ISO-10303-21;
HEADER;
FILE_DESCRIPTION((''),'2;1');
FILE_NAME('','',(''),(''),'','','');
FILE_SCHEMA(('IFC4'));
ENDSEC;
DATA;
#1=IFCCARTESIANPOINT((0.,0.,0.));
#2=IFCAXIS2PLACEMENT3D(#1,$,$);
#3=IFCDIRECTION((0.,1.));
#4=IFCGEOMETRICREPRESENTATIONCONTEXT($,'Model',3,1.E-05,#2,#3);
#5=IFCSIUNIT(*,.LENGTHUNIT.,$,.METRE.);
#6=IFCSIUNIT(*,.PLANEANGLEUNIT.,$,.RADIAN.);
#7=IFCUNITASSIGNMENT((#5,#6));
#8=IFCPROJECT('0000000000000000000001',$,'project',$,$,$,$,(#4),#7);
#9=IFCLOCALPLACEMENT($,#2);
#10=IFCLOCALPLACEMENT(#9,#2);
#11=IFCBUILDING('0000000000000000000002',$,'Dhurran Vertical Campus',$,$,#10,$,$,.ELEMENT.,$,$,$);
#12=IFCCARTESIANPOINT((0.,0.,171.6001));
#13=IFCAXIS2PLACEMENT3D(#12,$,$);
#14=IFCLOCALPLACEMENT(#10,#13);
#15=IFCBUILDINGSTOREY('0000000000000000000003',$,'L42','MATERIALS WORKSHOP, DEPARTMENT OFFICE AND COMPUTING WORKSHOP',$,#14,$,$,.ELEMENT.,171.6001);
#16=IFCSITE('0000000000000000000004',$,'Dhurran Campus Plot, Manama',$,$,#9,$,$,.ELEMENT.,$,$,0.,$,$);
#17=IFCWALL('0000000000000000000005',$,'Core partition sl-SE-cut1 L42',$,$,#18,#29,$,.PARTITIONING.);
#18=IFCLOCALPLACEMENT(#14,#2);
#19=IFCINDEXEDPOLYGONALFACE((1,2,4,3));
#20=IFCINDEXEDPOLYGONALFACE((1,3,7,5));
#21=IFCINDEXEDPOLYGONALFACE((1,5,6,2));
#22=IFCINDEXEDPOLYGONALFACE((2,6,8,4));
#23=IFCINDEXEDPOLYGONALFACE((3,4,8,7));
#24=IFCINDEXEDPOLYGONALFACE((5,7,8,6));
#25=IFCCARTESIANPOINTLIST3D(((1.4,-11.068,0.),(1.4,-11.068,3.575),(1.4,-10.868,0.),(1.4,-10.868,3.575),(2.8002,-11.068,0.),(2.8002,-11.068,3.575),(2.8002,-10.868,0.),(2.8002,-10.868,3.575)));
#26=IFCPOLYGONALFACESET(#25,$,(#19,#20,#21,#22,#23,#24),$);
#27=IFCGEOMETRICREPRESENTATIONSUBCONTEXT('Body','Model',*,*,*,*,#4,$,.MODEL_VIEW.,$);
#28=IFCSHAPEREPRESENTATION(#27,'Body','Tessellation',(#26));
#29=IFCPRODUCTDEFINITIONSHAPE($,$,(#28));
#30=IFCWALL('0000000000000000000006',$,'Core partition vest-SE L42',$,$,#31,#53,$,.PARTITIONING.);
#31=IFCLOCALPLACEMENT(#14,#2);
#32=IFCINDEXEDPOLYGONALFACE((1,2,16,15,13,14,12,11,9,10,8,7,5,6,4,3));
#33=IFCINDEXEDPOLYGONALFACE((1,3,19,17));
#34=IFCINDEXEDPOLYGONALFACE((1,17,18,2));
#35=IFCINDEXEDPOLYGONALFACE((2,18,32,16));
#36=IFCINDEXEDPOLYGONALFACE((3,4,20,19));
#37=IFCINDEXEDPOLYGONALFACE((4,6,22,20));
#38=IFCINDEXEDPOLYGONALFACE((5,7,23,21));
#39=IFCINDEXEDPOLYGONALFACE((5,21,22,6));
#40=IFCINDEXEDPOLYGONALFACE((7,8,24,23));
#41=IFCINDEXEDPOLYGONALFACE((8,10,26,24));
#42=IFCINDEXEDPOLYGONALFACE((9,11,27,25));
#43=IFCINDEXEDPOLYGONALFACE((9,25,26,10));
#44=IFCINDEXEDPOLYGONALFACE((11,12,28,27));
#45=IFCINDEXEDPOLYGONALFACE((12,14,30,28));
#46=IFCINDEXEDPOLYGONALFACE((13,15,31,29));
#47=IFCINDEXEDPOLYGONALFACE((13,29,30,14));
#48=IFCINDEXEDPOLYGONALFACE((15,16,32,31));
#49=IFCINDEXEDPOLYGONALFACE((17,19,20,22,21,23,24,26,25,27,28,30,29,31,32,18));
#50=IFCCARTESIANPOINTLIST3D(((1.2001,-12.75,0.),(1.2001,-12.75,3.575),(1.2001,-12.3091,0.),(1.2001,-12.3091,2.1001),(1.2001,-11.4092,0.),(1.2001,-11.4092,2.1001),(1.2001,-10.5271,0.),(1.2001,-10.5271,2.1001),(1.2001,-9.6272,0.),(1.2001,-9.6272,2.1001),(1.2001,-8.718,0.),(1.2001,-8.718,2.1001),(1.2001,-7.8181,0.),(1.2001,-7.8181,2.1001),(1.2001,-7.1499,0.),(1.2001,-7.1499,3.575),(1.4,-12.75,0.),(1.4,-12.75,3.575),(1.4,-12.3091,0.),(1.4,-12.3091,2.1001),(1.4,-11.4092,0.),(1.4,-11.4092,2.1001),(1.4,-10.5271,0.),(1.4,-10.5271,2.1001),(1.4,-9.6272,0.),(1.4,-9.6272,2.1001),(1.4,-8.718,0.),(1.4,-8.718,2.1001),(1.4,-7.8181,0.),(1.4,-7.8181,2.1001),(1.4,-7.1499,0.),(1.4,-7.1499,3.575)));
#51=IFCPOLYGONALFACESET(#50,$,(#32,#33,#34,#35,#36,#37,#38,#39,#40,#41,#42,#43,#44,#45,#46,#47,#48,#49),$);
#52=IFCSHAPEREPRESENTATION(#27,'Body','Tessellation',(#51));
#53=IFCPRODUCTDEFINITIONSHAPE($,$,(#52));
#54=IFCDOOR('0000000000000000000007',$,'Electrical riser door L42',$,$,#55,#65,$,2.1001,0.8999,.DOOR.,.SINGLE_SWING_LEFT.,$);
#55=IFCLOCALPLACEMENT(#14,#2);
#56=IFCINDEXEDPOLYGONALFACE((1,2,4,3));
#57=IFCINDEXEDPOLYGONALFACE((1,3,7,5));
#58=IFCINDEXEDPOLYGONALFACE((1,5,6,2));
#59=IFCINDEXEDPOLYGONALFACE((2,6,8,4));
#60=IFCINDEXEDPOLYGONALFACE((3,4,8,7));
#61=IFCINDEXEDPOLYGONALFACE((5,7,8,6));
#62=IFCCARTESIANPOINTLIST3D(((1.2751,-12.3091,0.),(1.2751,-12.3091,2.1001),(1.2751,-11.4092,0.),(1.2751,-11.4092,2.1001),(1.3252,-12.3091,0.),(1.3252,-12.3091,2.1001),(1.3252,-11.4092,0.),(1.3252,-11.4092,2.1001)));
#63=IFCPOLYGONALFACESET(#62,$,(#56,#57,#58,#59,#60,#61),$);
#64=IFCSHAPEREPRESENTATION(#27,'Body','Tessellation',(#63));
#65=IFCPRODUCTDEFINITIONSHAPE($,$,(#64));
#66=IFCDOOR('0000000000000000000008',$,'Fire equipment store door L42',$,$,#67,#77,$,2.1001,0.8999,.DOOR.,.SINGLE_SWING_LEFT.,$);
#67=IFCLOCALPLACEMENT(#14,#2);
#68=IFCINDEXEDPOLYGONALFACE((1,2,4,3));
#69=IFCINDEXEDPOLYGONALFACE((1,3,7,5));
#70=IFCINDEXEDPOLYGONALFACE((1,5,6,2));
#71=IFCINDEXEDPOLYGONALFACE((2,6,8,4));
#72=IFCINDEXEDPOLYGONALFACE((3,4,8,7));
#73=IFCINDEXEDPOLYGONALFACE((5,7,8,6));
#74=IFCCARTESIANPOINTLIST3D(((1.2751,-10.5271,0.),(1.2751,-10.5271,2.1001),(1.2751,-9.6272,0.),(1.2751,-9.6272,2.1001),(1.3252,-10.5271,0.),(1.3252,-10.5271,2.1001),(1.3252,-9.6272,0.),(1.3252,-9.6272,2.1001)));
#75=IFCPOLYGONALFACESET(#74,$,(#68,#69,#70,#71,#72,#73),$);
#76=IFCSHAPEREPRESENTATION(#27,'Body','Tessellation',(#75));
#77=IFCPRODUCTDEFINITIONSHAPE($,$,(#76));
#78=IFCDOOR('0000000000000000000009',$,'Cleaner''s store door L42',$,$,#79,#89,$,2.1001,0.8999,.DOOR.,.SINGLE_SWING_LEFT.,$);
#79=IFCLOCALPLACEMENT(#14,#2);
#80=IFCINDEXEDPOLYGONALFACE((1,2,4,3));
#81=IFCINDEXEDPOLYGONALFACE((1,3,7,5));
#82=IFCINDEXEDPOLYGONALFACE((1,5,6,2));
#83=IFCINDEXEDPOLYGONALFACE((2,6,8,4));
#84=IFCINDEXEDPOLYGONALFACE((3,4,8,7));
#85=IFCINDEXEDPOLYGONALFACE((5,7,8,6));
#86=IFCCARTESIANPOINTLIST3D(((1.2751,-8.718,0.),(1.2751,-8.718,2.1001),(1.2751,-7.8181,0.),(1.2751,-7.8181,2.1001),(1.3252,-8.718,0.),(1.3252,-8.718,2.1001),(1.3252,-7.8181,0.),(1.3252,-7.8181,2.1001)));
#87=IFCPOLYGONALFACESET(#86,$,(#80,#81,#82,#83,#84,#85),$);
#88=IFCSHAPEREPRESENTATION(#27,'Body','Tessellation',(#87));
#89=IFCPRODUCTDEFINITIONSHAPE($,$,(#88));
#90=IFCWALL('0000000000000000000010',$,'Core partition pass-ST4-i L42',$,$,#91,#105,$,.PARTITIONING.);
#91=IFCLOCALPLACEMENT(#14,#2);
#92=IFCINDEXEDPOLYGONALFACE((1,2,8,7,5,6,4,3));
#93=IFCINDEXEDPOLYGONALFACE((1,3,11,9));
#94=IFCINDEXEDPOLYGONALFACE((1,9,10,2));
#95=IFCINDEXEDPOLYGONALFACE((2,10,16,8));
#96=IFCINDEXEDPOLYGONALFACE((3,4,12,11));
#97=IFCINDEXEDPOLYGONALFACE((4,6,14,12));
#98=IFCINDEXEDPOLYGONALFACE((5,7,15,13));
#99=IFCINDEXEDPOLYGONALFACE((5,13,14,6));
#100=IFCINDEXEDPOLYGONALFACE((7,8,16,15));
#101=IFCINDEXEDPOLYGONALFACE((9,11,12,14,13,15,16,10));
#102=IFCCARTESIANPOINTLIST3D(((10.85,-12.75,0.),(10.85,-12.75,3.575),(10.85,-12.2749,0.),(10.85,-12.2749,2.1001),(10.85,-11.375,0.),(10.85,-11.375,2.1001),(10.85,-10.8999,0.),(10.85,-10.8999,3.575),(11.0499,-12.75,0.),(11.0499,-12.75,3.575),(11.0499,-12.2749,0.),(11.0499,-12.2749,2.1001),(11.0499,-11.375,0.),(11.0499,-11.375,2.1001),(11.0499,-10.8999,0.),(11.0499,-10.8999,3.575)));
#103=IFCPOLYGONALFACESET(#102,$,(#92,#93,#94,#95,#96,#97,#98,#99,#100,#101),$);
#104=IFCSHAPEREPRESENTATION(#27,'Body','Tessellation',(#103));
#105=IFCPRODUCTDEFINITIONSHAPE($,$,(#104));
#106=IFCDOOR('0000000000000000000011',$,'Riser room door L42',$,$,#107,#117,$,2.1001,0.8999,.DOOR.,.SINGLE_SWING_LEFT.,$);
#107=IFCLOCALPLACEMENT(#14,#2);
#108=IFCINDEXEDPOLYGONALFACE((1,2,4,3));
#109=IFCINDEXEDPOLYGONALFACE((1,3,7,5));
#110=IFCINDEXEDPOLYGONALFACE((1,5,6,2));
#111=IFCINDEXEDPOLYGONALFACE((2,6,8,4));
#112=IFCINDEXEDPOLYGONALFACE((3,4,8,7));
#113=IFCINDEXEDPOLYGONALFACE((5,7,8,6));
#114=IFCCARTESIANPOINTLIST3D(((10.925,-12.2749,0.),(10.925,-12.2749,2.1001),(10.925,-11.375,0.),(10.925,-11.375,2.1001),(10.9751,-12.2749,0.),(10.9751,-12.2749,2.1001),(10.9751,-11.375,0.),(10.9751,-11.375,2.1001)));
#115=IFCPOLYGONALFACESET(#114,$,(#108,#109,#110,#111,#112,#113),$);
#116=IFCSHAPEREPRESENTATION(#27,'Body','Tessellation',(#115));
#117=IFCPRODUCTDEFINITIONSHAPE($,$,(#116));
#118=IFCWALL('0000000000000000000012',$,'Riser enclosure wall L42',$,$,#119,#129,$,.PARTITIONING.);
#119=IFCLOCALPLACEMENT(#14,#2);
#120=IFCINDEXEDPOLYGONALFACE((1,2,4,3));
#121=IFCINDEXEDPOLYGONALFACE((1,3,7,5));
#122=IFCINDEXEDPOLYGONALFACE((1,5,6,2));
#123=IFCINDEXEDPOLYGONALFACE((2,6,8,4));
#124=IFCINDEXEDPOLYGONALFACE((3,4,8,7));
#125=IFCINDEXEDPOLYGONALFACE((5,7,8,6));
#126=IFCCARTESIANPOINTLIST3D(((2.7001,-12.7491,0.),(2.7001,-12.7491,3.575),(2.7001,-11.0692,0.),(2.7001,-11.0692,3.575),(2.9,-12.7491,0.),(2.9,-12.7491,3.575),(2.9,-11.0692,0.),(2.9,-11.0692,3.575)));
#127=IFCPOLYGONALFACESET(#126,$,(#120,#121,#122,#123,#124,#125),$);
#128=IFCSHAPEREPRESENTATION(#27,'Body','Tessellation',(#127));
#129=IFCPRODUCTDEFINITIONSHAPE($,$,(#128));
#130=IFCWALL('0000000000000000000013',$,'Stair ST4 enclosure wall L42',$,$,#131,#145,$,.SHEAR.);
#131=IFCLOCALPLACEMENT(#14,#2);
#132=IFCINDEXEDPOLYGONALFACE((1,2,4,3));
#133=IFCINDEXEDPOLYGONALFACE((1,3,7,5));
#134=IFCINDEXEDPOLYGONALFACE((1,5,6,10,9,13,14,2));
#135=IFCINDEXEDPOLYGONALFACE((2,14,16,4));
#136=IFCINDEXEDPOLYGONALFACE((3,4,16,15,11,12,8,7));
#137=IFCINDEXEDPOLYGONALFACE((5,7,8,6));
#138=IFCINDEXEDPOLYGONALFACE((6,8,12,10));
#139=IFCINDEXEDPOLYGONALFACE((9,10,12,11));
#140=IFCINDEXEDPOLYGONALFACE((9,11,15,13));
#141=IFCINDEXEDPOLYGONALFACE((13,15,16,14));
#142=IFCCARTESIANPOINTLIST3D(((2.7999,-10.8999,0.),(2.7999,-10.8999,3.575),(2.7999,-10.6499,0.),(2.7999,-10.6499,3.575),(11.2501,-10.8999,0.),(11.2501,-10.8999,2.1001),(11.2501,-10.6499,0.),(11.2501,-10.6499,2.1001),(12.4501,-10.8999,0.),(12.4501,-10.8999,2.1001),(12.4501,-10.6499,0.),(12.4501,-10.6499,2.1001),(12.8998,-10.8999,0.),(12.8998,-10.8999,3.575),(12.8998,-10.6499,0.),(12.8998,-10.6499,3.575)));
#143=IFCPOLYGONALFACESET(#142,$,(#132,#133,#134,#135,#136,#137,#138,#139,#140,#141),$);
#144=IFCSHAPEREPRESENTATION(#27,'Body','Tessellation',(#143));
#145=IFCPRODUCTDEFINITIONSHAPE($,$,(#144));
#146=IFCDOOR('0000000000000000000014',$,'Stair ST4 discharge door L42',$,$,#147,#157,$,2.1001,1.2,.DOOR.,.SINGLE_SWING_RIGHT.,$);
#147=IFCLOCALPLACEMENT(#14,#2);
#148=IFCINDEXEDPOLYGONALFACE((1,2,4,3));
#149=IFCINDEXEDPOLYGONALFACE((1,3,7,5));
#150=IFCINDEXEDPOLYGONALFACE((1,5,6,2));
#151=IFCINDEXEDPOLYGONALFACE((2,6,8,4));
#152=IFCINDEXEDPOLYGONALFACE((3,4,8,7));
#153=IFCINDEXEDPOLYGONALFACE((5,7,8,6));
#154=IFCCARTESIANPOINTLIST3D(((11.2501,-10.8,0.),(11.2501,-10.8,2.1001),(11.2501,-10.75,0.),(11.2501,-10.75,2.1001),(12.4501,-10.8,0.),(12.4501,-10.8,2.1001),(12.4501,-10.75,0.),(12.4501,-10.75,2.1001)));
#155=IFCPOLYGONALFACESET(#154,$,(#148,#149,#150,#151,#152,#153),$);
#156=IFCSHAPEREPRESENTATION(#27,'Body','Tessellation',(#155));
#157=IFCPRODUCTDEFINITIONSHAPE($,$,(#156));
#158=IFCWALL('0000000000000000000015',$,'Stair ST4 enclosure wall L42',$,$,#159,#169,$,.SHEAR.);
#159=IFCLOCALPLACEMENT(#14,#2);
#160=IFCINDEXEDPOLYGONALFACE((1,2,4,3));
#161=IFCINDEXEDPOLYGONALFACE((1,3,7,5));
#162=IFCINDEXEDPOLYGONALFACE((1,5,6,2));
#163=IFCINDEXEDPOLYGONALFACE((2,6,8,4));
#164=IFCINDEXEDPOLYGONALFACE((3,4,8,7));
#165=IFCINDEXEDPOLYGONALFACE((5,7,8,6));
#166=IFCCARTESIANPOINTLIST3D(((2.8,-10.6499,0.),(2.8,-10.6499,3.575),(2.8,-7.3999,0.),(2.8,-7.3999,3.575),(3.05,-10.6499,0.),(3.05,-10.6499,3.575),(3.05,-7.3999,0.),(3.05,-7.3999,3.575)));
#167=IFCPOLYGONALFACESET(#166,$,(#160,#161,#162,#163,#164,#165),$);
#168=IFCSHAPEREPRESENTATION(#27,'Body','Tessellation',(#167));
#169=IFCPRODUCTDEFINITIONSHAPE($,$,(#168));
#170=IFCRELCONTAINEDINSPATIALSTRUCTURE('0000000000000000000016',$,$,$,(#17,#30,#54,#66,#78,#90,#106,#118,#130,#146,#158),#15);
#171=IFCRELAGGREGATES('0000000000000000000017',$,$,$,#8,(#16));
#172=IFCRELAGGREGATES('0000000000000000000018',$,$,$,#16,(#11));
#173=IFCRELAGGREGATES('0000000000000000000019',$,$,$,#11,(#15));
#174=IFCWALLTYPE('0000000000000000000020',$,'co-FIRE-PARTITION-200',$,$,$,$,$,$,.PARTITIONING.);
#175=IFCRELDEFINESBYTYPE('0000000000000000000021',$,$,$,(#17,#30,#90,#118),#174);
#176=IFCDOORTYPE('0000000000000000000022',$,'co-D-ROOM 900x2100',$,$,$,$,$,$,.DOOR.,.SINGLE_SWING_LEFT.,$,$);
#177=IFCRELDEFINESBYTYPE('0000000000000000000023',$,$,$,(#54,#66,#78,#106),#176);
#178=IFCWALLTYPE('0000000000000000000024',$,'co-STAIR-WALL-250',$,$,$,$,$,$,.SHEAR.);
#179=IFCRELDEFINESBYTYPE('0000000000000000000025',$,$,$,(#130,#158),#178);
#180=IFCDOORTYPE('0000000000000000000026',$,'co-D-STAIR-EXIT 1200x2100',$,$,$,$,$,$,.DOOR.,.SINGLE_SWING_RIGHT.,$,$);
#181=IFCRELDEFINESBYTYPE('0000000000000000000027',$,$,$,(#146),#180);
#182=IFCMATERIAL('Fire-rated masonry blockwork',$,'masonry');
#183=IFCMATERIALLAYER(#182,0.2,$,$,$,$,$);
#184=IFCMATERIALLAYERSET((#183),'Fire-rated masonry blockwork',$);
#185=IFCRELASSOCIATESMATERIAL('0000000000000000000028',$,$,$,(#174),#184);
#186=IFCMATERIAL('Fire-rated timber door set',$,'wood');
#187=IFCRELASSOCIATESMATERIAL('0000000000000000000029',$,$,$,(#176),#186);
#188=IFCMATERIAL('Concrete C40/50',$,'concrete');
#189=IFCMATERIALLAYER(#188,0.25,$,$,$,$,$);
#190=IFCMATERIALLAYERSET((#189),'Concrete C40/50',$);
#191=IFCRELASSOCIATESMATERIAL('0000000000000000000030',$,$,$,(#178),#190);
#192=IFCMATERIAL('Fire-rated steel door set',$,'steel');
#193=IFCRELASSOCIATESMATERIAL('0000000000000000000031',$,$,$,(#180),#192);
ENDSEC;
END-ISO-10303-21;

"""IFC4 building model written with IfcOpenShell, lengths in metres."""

from ifc_helpers import new_model, si_unit, direction, frame, frame_2d, origin, place, context, subcontext, project, spatial, rectangle, extrude, material, layer, layer_set, type_object, element, fill, save


model = new_model("IFC4")

# Units and contexts
model_context = context("Model", 3, precision=1e-05, world=origin(), true_north=direction((0.0, 1.0)))
body_context = subcontext(model_context, "Body", "Model", "MODEL_VIEW")
ifc_project = project(units=[si_unit("LENGTHUNIT", "METRE"), si_unit("PLANEANGLEUNIT", "RADIAN")], contexts=[model_context])

# Site, building, storey
site_placement = place(None, origin())
site = spatial("IfcSite", under=ifc_project, at=site_placement, Name="Dhurran Campus Plot, Manama", CompositionType="ELEMENT", RefElevation=0.0)
building_placement = place(site_placement, origin())
building = spatial("IfcBuilding", under=site, at=building_placement, Name="Dhurran Vertical Campus", CompositionType="ELEMENT")
storey_placement = place(building_placement, frame((0.0, 0.0, 171.6001)))
storey = spatial("IfcBuildingStorey", under=building, at=storey_placement, Name="L42", Description="MATERIALS WORKSHOP, DEPARTMENT OFFICE AND COMPUTING WORKSHOP", CompositionType="ELEMENT", Elevation=171.6001)

# Wall
ifc_material_1 = material(Name="Fire-rated masonry blockwork", Category="masonry")
ifc_layer_1 = layer(ifc_material_1, 0.2)
ifc_layer_set_1 = layer_set([ifc_layer_1], Name="Fire-rated masonry blockwork")
wall_type_1 = type_object("IfcWallType", Name="co-FIRE-PARTITION-200", PredefinedType="PARTITIONING", material=ifc_layer_set_1)
wall_1_placement = place(storey_placement, frame((1.3999, -10.968, 0.0), z_axis=(0.0, 0.0, 1.0), x_axis=(1.0, 0.0, 0.0)))
element("IfcWall", 1, at=wall_1_placement, inside=storey, type_object=wall_type_1, Name="Core partition sl-SE-cut1 L42", PredefinedType="PARTITIONING", context=body_context, shape_type="SweptSolid", body=[
    extrude(rectangle(XDim=1.4001, YDim=0.2, at=frame_2d((0.7002, 0.0))), origin(), (0.0, 0.0, 1.0), 3.575),
])

# Wall, openings, doors
wall_2_placement = place(storey_placement, frame((1.3, -12.75, 0.0), z_axis=(0.0, 0.0, 1.0), x_axis=(0.0, 1.0, 0.0)))
wall_2 = element("IfcWall", 2, at=wall_2_placement, inside=storey, type_object=wall_type_1, Name="Core partition vest-SE L42", PredefinedType="PARTITIONING", context=body_context, shape_type="SweptSolid", body=[
    extrude(rectangle(XDim=5.6001, YDim=0.2, at=frame_2d((2.8, 0.0))), origin(), (0.0, 0.0, 1.0), 3.575),
])
opening_1_placement = place(wall_2_placement, frame((0.4409, 0.0, 0.0)))
opening_1 = element("IfcOpeningElement", 3, at=opening_1_placement, cuts=wall_2, PredefinedType="OPENING", context=body_context, shape_type="SweptSolid", body=[
    extrude(rectangle(XDim=0.8999, YDim=2.1001, at=frame_2d((0.45, 1.05))), frame((0.0, 0.1099, 0.0), z_axis=(0.0, -1.0, 0.0), x_axis=(1.0, 0.0, 0.0)), (0.0, 0.0, 1.0), 0.22),
])
opening_2_placement = place(wall_2_placement, frame((2.2229, 0.0, 0.0)))
opening_2 = element("IfcOpeningElement", 4, at=opening_2_placement, cuts=wall_2, PredefinedType="OPENING", context=body_context, shape_type="SweptSolid", body=[
    extrude(rectangle(XDim=0.8999, YDim=2.1001, at=frame_2d((0.45, 1.05))), frame((0.0, 0.1099, 0.0), z_axis=(0.0, -1.0, 0.0), x_axis=(1.0, 0.0, 0.0)), (0.0, 0.0, 1.0), 0.22),
])
opening_3_placement = place(wall_2_placement, frame((4.032, 0.0, 0.0)))
opening_3 = element("IfcOpeningElement", 5, at=opening_3_placement, cuts=wall_2, PredefinedType="OPENING", context=body_context, shape_type="SweptSolid", body=[
    extrude(rectangle(XDim=0.8999, YDim=2.1001, at=frame_2d((0.45, 1.05))), frame((0.0, 0.1099, 0.0), z_axis=(0.0, -1.0, 0.0), x_axis=(1.0, 0.0, 0.0)), (0.0, 0.0, 1.0), 0.22),
])
ifc_material_2 = material(Name="Fire-rated timber door set", Category="wood")
door_type_1 = type_object("IfcDoorType", Name="co-D-ROOM 900x2100", OperationType="SINGLE_SWING_LEFT", PredefinedType="DOOR", material=ifc_material_2)
door_1_placement = place(opening_1_placement, origin())
door_1 = element("IfcDoor", 6, at=door_1_placement, inside=storey, type_object=door_type_1, Name="Electrical riser door L42", OperationType="SINGLE_SWING_LEFT", OverallHeight=2.1001, OverallWidth=0.8999, PredefinedType="DOOR", context=body_context, shape_type="SweptSolid", body=[
    extrude(rectangle(XDim=0.8999, YDim=2.1001, at=frame_2d((0.45, 1.05))), frame((0.0, 0.0249, 0.0), z_axis=(0.0, -1.0, 0.0), x_axis=(1.0, 0.0, 0.0)), (0.0, 0.0, 1.0), 0.05),
])
fill(opening_1, door_1)
door_2_placement = place(opening_2_placement, origin())
door_2 = element("IfcDoor", 7, at=door_2_placement, inside=storey, type_object=door_type_1, Name="Fire equipment store door L42", OperationType="SINGLE_SWING_LEFT", OverallHeight=2.1001, OverallWidth=0.8999, PredefinedType="DOOR", context=body_context, shape_type="SweptSolid", body=[
    extrude(rectangle(XDim=0.8999, YDim=2.1001, at=frame_2d((0.45, 1.05))), frame((0.0, 0.0249, 0.0), z_axis=(0.0, -1.0, 0.0), x_axis=(1.0, 0.0, 0.0)), (0.0, 0.0, 1.0), 0.05),
])
fill(opening_2, door_2)
door_3_placement = place(opening_3_placement, origin())
door_3 = element("IfcDoor", 8, at=door_3_placement, inside=storey, type_object=door_type_1, Name="Cleaner's store door L42", OperationType="SINGLE_SWING_LEFT", OverallHeight=2.1001, OverallWidth=0.8999, PredefinedType="DOOR", context=body_context, shape_type="SweptSolid", body=[
    extrude(rectangle(XDim=0.8999, YDim=2.1001, at=frame_2d((0.45, 1.05))), frame((0.0, 0.0249, 0.0), z_axis=(0.0, -1.0, 0.0), x_axis=(1.0, 0.0, 0.0)), (0.0, 0.0, 1.0), 0.05),
])
fill(opening_3, door_3)

# Wall, opening, door
wall_3_placement = place(storey_placement, frame((10.95, -12.75, 0.0), z_axis=(0.0, 0.0, 1.0), x_axis=(0.0, 1.0, 0.0)))
wall_3 = element("IfcWall", 9, at=wall_3_placement, inside=storey, type_object=wall_type_1, Name="Core partition pass-ST4-i L42", PredefinedType="PARTITIONING", context=body_context, shape_type="SweptSolid", body=[
    extrude(rectangle(XDim=1.8501, YDim=0.2, at=frame_2d((0.925, 0.0))), origin(), (0.0, 0.0, 1.0), 3.575),
])
opening_4_placement = place(wall_3_placement, frame((0.4751, 0.0, 0.0)))
opening_4 = element("IfcOpeningElement", 10, at=opening_4_placement, cuts=wall_3, PredefinedType="OPENING", context=body_context, shape_type="SweptSolid", body=[
    extrude(rectangle(XDim=0.8999, YDim=2.1001, at=frame_2d((0.45, 1.05))), frame((0.0, 0.1099, 0.0), z_axis=(0.0, -1.0, 0.0), x_axis=(1.0, 0.0, 0.0)), (0.0, 0.0, 1.0), 0.22),
])
door_4_placement = place(opening_4_placement, origin())
door_4 = element("IfcDoor", 11, at=door_4_placement, inside=storey, type_object=door_type_1, Name="Riser room door L42", OperationType="SINGLE_SWING_LEFT", OverallHeight=2.1001, OverallWidth=0.8999, PredefinedType="DOOR", context=body_context, shape_type="SweptSolid", body=[
    extrude(rectangle(XDim=0.8999, YDim=2.1001, at=frame_2d((0.45, 1.05))), frame((0.0, 0.0249, 0.0), z_axis=(0.0, -1.0, 0.0), x_axis=(1.0, 0.0, 0.0)), (0.0, 0.0, 1.0), 0.05),
])
fill(opening_4, door_4)

# Wall
wall_4_placement = place(storey_placement, frame((2.8, -12.749, 0.0), z_axis=(0.0, 0.0, 1.0), x_axis=(0.0, 1.0, 0.0)))
element("IfcWall", 12, at=wall_4_placement, inside=storey, type_object=wall_type_1, Name="Riser enclosure wall L42", PredefinedType="PARTITIONING", context=body_context, shape_type="SweptSolid", body=[
    extrude(rectangle(XDim=1.6799, YDim=0.2, at=frame_2d((0.8398, 0.0))), origin(), (0.0, 0.0, 1.0), 3.575),
])

# Wall, opening, door
ifc_material_3 = material(Name="Concrete C40/50", Category="concrete")
ifc_layer_2 = layer(ifc_material_3, 0.25)
ifc_layer_set_2 = layer_set([ifc_layer_2], Name="Concrete C40/50")
wall_type_2 = type_object("IfcWallType", Name="co-STAIR-WALL-250", PredefinedType="SHEAR", material=ifc_layer_set_2)
wall_5_placement = place(storey_placement, frame((2.8, -10.7749, 0.0), z_axis=(0.0, 0.0, 1.0), x_axis=(1.0, 0.0, 0.0)))
wall_5 = element("IfcWall", 13, at=wall_5_placement, inside=storey, type_object=wall_type_2, Name="Stair ST4 enclosure wall L42", PredefinedType="SHEAR", context=body_context, shape_type="SweptSolid", body=[
    extrude(rectangle(XDim=10.0999, YDim=0.25, at=frame_2d((5.0498, 0.0))), origin(), (0.0, 0.0, 1.0), 3.575),
])
opening_5_placement = place(wall_5_placement, frame((8.45, 0.0, 0.0)))
opening_5 = element("IfcOpeningElement", 14, at=opening_5_placement, cuts=wall_5, PredefinedType="OPENING", context=body_context, shape_type="SweptSolid", body=[
    extrude(rectangle(XDim=1.2, YDim=2.1001, at=frame_2d((0.6001, 1.05))), frame((0.0, 0.135, 0.0), z_axis=(0.0, -1.0, 0.0), x_axis=(1.0, 0.0, 0.0)), (0.0, 0.0, 1.0), 0.27),
])
ifc_material_4 = material(Name="Fire-rated steel door set", Category="steel")
door_type_2 = type_object("IfcDoorType", Name="co-D-STAIR-EXIT 1200x2100", OperationType="SINGLE_SWING_RIGHT", PredefinedType="DOOR", material=ifc_material_4)
door_5_placement = place(opening_5_placement, origin())
door_5 = element("IfcDoor", 15, at=door_5_placement, inside=storey, type_object=door_type_2, Name="Stair ST4 discharge door L42", OperationType="SINGLE_SWING_RIGHT", OverallHeight=2.1001, OverallWidth=1.2, PredefinedType="DOOR", context=body_context, shape_type="SweptSolid", body=[
    extrude(rectangle(XDim=1.2, YDim=2.1001, at=frame_2d((0.6001, 1.05))), frame((0.0, 0.0249, 0.0), z_axis=(0.0, -1.0, 0.0), x_axis=(1.0, 0.0, 0.0)), (0.0, 0.0, 1.0), 0.05),
])
fill(opening_5, door_5)

# Wall
wall_6_placement = place(storey_placement, frame((2.925, -10.6499, 0.0), z_axis=(0.0, 0.0, 1.0), x_axis=(0.0, 1.0, 0.0)))
element("IfcWall", 16, at=wall_6_placement, inside=storey, type_object=wall_type_2, Name="Stair ST4 enclosure wall L42", PredefinedType="SHEAR", context=body_context, shape_type="SweptSolid", body=[
    extrude(rectangle(XDim=3.25, YDim=0.25, at=frame_2d((1.625, 0.0))), origin(), (0.0, 0.0, 1.0), 3.575),
])

save(model, "model.ifc")
